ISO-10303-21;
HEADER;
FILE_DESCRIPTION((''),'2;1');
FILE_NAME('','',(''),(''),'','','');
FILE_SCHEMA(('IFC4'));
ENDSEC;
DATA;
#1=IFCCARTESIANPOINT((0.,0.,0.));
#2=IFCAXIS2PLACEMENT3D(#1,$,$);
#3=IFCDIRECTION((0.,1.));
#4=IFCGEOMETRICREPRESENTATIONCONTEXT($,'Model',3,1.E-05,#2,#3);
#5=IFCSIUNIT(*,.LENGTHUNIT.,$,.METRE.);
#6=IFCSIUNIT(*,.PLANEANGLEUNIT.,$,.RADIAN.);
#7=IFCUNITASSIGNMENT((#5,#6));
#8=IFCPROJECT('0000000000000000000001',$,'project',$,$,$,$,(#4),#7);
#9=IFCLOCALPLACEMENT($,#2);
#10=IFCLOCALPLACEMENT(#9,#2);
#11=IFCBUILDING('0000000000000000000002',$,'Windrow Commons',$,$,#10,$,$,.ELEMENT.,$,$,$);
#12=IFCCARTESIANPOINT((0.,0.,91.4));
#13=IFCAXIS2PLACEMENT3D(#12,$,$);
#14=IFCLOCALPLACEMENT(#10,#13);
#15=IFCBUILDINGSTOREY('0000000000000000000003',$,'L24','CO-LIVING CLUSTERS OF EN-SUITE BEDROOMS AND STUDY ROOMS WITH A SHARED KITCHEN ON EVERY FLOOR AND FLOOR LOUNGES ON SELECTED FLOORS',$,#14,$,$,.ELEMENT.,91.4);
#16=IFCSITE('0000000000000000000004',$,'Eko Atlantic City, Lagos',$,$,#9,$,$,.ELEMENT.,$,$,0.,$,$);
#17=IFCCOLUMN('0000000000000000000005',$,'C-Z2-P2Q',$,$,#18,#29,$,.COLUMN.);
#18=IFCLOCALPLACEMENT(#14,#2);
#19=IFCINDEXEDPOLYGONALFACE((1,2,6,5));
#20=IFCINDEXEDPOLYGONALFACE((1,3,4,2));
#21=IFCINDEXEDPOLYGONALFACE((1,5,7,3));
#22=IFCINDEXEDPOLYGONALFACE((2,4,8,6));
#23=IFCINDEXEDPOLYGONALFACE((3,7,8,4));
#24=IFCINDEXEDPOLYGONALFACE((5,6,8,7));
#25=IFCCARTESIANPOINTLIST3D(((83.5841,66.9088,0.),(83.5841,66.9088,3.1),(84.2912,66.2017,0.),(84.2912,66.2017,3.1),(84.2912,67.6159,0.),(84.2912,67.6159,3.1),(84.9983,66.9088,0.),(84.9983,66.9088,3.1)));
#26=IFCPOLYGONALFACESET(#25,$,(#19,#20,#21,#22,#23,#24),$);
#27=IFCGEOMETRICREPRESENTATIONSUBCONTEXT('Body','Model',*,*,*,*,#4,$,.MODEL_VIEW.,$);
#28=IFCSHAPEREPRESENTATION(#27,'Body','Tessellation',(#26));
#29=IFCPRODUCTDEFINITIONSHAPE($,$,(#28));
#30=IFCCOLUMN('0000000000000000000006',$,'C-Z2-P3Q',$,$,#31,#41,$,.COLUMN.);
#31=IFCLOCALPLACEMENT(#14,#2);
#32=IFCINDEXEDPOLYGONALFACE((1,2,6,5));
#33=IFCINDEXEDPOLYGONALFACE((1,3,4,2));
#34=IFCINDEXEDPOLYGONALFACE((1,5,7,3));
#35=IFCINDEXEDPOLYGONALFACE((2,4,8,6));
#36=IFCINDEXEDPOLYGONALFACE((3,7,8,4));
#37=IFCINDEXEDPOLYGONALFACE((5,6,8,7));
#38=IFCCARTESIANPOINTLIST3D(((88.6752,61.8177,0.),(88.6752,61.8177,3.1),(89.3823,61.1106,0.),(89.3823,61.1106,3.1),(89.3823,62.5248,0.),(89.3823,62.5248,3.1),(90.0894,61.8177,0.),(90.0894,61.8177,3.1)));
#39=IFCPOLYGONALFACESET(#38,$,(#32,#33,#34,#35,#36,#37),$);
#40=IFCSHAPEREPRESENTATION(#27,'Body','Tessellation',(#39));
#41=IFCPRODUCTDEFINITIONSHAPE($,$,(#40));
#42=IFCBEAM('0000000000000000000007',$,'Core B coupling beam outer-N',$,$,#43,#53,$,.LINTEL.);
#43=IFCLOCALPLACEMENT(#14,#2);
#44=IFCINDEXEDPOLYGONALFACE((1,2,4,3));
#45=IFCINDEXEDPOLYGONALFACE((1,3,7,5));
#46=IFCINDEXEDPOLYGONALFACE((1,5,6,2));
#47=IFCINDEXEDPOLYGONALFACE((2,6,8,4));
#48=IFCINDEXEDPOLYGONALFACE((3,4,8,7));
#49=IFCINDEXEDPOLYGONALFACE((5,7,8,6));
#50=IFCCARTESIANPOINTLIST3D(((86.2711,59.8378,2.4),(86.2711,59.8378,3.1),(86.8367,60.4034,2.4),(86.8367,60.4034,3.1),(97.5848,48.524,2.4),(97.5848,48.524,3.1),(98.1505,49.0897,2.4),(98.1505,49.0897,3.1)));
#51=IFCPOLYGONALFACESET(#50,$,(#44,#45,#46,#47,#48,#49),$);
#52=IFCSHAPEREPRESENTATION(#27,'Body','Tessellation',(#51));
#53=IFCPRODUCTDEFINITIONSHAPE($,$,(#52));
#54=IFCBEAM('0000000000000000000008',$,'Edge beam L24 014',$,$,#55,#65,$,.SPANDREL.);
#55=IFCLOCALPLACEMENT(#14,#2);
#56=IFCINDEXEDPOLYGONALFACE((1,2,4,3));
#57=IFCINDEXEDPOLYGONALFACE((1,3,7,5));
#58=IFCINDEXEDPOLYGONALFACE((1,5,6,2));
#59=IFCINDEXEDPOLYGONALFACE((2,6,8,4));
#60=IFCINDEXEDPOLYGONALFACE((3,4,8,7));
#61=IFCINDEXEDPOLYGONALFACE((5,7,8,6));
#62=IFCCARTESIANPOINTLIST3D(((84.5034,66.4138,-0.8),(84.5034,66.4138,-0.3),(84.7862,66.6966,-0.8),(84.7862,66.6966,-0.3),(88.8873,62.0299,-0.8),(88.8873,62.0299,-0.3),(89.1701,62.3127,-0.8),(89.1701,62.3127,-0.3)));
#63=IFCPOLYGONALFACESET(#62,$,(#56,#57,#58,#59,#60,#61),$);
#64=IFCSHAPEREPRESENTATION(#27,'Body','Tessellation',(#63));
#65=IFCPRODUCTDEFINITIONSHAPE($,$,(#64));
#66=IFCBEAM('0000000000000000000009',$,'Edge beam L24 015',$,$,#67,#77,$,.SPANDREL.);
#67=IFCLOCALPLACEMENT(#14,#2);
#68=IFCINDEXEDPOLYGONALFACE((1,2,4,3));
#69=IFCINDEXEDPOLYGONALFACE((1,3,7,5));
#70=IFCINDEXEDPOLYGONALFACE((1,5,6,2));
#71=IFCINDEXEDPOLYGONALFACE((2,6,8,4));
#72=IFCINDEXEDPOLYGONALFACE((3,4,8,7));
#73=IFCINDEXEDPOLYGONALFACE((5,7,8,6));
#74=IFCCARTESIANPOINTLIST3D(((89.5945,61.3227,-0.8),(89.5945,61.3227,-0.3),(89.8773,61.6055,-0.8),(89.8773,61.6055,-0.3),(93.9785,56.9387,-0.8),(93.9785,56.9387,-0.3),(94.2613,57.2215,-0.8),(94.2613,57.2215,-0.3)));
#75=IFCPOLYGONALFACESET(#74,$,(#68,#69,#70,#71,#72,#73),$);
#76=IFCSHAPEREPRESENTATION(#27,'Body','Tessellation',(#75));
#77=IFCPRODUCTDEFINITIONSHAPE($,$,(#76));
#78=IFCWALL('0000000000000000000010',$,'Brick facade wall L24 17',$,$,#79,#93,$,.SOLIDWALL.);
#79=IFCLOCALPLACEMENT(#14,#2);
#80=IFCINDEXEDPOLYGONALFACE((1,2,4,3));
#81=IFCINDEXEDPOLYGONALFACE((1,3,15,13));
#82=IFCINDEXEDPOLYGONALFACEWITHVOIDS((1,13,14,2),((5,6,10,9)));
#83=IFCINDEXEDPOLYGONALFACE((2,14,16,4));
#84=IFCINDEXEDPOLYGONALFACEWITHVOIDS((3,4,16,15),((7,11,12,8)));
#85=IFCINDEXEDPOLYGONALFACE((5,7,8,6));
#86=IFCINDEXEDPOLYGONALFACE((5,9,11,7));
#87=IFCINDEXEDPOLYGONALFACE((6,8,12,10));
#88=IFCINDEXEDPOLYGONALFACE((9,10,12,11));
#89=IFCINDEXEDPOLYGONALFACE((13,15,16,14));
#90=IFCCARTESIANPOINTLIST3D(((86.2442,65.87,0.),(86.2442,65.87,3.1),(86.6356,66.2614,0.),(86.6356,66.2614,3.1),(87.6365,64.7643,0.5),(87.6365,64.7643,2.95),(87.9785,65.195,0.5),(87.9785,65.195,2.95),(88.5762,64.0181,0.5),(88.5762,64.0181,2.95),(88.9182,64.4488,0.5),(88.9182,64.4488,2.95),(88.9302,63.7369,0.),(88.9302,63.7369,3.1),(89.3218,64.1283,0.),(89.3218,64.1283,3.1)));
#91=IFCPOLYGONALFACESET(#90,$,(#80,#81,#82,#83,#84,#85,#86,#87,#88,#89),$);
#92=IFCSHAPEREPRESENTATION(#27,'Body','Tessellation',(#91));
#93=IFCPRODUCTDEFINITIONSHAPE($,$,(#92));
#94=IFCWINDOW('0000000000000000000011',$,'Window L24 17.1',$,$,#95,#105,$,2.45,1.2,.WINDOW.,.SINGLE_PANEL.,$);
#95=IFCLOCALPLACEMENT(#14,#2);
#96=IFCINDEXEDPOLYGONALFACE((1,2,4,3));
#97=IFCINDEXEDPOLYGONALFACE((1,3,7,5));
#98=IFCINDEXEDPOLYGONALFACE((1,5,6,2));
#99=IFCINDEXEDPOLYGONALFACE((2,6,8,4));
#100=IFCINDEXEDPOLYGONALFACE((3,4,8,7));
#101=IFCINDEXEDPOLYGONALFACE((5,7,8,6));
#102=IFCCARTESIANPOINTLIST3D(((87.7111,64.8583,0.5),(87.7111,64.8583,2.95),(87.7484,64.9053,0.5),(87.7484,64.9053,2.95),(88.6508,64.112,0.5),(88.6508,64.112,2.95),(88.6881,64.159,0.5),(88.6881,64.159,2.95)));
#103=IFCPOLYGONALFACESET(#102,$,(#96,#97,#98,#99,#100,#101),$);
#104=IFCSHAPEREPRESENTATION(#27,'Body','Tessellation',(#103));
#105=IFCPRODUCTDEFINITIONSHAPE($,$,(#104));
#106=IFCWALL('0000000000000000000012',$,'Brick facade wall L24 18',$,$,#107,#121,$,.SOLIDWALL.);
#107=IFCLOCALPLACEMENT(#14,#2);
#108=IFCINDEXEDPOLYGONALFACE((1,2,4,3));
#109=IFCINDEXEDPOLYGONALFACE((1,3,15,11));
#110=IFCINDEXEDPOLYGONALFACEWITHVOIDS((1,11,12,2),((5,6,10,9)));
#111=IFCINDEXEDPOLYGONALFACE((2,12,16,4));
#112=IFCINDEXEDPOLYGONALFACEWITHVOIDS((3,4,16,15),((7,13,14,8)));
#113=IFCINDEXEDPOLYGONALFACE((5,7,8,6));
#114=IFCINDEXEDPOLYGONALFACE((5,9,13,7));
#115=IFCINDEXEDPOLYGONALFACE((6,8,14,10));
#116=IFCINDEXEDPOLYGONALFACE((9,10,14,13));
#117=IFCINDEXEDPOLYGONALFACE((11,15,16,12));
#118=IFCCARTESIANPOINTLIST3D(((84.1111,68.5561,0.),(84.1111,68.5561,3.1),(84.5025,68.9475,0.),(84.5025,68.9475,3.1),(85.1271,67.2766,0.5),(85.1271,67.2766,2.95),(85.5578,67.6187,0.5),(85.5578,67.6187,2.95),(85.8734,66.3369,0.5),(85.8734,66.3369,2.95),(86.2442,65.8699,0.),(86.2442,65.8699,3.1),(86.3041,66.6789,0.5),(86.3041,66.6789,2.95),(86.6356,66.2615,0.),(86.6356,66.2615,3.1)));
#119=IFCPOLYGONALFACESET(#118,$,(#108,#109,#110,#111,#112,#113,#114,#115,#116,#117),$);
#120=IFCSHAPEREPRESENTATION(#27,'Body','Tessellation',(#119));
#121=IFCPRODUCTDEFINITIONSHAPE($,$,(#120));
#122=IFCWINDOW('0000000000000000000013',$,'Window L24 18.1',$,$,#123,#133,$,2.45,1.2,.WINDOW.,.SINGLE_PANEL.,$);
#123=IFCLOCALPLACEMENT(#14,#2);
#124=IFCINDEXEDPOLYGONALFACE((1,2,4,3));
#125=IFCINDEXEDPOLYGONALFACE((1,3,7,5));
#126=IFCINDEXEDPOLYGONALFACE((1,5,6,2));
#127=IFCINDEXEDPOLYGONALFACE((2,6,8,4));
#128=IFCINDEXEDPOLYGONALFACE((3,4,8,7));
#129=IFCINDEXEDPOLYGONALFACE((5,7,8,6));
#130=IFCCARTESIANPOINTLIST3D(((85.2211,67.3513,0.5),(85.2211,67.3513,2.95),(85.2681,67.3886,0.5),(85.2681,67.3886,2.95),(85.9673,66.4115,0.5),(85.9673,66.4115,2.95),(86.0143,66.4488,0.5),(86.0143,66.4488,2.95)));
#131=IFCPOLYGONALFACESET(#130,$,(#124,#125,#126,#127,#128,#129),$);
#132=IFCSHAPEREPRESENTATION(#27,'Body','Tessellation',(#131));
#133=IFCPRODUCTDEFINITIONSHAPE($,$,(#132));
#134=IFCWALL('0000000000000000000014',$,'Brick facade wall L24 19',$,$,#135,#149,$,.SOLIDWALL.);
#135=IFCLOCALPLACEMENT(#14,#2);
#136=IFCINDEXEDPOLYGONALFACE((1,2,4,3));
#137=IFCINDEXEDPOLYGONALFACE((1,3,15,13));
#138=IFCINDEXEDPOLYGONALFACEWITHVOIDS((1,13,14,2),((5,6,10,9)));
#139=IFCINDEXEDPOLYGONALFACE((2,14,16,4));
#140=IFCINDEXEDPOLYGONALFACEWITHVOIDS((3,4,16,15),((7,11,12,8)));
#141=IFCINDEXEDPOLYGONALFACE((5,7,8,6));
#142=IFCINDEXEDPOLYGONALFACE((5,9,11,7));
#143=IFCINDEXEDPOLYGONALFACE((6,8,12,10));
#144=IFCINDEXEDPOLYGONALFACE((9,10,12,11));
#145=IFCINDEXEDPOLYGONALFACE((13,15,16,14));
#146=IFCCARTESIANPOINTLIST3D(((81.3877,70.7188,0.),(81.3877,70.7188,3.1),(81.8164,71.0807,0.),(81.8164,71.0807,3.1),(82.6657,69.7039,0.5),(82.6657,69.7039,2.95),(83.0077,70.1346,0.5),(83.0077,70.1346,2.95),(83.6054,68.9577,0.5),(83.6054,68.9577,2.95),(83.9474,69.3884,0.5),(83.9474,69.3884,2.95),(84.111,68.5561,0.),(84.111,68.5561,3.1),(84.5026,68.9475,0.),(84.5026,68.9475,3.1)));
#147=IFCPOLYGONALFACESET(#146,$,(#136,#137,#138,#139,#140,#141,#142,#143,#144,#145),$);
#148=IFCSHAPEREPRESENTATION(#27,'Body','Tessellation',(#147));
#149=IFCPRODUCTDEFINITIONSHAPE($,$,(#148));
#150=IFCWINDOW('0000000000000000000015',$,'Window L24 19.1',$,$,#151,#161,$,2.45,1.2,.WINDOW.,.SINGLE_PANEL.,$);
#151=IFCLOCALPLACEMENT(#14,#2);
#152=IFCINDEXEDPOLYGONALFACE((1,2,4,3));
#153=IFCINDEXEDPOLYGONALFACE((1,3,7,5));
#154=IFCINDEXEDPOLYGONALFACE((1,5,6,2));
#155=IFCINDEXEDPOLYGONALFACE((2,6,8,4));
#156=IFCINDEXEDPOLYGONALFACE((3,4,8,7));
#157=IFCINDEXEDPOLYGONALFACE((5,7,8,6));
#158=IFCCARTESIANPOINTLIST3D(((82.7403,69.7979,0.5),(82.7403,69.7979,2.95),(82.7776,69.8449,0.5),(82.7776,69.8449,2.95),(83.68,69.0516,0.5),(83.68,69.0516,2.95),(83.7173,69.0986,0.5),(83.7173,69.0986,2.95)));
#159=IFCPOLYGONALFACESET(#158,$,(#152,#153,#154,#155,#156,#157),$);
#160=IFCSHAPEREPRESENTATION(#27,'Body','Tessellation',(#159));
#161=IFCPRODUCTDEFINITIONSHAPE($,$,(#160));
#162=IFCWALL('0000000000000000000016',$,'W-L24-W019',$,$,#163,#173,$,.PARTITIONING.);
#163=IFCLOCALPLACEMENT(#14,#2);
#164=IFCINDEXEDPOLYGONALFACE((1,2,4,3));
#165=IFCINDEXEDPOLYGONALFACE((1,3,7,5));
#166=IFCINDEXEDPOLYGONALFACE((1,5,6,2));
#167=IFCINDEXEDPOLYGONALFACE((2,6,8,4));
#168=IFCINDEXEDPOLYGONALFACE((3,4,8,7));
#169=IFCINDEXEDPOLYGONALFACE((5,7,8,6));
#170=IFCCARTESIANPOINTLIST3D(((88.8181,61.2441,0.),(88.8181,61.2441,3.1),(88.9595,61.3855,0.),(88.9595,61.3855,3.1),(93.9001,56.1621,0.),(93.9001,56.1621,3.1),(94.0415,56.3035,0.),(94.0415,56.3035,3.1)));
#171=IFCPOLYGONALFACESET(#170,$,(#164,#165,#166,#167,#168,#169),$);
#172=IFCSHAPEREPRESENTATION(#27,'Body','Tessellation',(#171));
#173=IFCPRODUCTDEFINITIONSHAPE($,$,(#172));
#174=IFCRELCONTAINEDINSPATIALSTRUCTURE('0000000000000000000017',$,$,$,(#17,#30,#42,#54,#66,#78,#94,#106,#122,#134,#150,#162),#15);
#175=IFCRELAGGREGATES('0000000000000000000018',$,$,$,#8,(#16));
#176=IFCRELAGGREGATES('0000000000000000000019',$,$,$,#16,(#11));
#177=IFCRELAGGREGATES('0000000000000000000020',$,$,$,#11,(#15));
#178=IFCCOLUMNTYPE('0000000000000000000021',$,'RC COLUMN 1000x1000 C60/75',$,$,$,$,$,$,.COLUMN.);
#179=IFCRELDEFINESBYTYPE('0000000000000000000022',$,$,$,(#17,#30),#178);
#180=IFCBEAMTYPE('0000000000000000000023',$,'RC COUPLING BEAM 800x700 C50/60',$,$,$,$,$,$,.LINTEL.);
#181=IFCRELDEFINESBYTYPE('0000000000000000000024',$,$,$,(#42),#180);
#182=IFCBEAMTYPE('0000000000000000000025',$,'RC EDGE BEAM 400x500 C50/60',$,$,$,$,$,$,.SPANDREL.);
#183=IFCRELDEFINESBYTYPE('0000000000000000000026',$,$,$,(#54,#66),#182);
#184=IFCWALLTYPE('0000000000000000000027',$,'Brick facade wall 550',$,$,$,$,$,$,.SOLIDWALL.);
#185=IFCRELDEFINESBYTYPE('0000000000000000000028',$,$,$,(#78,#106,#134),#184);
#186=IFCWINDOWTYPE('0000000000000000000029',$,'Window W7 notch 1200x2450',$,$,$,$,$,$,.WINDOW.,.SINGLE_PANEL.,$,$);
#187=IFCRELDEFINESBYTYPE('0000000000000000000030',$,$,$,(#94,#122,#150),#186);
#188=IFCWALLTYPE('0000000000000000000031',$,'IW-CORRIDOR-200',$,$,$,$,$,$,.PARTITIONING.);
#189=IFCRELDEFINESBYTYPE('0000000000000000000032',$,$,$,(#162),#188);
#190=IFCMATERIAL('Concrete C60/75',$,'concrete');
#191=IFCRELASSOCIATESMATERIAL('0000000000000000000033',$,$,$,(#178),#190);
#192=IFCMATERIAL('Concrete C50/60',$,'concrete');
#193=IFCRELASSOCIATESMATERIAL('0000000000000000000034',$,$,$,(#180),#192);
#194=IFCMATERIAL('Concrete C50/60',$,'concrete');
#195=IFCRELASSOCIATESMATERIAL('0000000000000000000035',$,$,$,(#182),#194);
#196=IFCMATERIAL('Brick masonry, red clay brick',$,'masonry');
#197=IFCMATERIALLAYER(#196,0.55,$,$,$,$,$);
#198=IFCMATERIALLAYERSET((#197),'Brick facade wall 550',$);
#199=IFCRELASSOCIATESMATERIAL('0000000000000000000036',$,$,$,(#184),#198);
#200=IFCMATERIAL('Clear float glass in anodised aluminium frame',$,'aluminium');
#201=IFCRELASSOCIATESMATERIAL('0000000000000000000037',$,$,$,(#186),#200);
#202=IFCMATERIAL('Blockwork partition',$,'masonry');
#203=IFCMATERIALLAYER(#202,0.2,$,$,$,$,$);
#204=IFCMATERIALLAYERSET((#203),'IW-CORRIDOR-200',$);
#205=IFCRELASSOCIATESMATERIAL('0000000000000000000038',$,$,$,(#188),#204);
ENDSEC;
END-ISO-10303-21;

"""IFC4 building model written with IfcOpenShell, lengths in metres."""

from ifc_helpers import new_model, si_unit, direction, frame, frame_2d, origin, origin_2d, place, context, subcontext, project, spatial, polyline, rectangle, outline, extrude, material, layer, layer_set, material_profile, profile_set, type_object, element, fill, save


model = new_model("IFC4")

# Units and contexts
model_context = context("Model", 3, precision=1e-05, world=origin(), true_north=direction((0.0, 1.0)))
body_context = subcontext(model_context, "Body", "Model", "MODEL_VIEW")
ifc_project = project(units=[si_unit("LENGTHUNIT", "METRE"), si_unit("PLANEANGLEUNIT", "RADIAN")], contexts=[model_context])

# Site, building, storey
site_placement = place(None, origin())
site = spatial("IfcSite", under=ifc_project, at=site_placement, Name="Eko Atlantic City, Lagos", CompositionType="ELEMENT", RefElevation=0.0)
building_placement = place(site_placement, origin())
building = spatial("IfcBuilding", under=site, at=building_placement, Name="Windrow Commons", CompositionType="ELEMENT")
storey_placement = place(building_placement, frame((0.0, 0.0, 91.4)))
storey = spatial("IfcBuildingStorey", under=building, at=storey_placement, Name="L24", Description="CO-LIVING CLUSTERS OF EN-SUITE BEDROOMS AND STUDY ROOMS WITH A SHARED KITCHEN ON EVERY FLOOR AND FLOOR LOUNGES ON SELECTED FLOORS", CompositionType="ELEMENT", Elevation=91.4)

# Columns
ifc_material_1 = material(Name="Concrete C60/75", Category="concrete")
ifc_material_profile_1 = material_profile(ifc_material_1, rectangle(XDim=1.0, YDim=1.0, at=origin_2d()))
ifc_profile_set_1 = profile_set([ifc_material_profile_1], Name="Concrete C60/75")
column_type = type_object("IfcColumnType", Name="RC COLUMN 1000x1000 C60/75", PredefinedType="COLUMN", material=ifc_profile_set_1)
for number, where, z_axis, x_axis, name in (
    (1, (84.2912, 66.9088, 0.0), (0.0, 0.0, 1.0), (0.707107, -0.707107, 0.0), "C-Z2-P2Q"),
    (2, (89.3823, 61.8177, 0.0), (0.0, 0.0, 1.0), (0.707107, -0.707107, 0.0), "C-Z2-P3Q"),
):
    element("IfcColumn", number, at=place(storey_placement, frame(where, z_axis=z_axis, x_axis=x_axis)), inside=storey, type_object=column_type, Name=name, PredefinedType="COLUMN", context=body_context, shape_type="SweptSolid", body=[
        extrude(rectangle(XDim=1.0, YDim=1.0, at=origin_2d()), origin(), (0.0, 0.0, 1.0), 3.1),
    ])

# Beams
ifc_material_2 = material(Name="Concrete C50/60", Category="concrete")
ifc_material_profile_2 = material_profile(ifc_material_2, rectangle(XDim=0.8, YDim=0.7, at=origin_2d()))
ifc_profile_set_2 = profile_set([ifc_material_profile_2], Name="Concrete C50/60")
beam_type_1 = type_object("IfcBeamType", Name="RC COUPLING BEAM 800x700 C50/60", PredefinedType="LINTEL", material=ifc_profile_set_2)
beam_1_placement = place(storey_placement, frame((86.5539, 60.1206, 2.75), z_axis=(0.707107, -0.707107, 0.0), x_axis=(0.707107, 0.707107, 0.0)))
element("IfcBeam", 3, at=beam_1_placement, inside=storey, type_object=beam_type_1, Name="Core B coupling beam outer-N", PredefinedType="LINTEL", context=body_context, shape_type="SweptSolid", body=[
    extrude(rectangle(XDim=0.8, YDim=0.7, at=origin_2d()), origin(), (0.0, 0.0, 1.0), 16.0),
])
ifc_material_3 = material(Name="Concrete C50/60", Category="concrete")
ifc_material_profile_3 = material_profile(ifc_material_3, rectangle(XDim=0.4, YDim=0.5, at=origin_2d()))
ifc_profile_set_3 = profile_set([ifc_material_profile_3], Name="Concrete C50/60")
beam_type_2 = type_object("IfcBeamType", Name="RC EDGE BEAM 400x500 C50/60", PredefinedType="SPANDREL", material=ifc_profile_set_3)
beam_2_placement = place(storey_placement, frame((84.6448, 66.5552, -0.55), z_axis=(0.707107, -0.707107, 0.0), x_axis=(0.707107, 0.707107, 0.0)))
element("IfcBeam", 4, at=beam_2_placement, inside=storey, type_object=beam_type_2, Name="Edge beam L24 014", PredefinedType="SPANDREL", context=body_context, shape_type="SweptSolid", body=[
    extrude(rectangle(XDim=0.4, YDim=0.5, at=origin_2d()), origin(), (0.0, 0.0, 1.0), 6.1998),
])
beam_3_placement = place(storey_placement, frame((89.7359, 61.4641, -0.55), z_axis=(0.707107, -0.707107, 0.0), x_axis=(0.707107, 0.707107, 0.0)))
element("IfcBeam", 5, at=beam_3_placement, inside=storey, type_object=beam_type_2, Name="Edge beam L24 015", PredefinedType="SPANDREL", context=body_context, shape_type="SweptSolid", body=[
    extrude(rectangle(XDim=0.4, YDim=0.5, at=origin_2d()), origin(), (0.0, 0.0, 1.0), 6.1999),
])

# Walls, openings, windows
ifc_material_4 = material(Name="Brick masonry, red clay brick", Category="masonry")
ifc_layer_1 = layer(ifc_material_4, 0.55)
ifc_layer_set_1 = layer_set([ifc_layer_1], Name="Brick facade wall 550")
wall_type_1 = type_object("IfcWallType", Name="Brick facade wall 550", PredefinedType="SOLIDWALL", material=ifc_layer_set_1)
wall_1_placement = place(storey_placement, frame((89.126, 63.9326, 0.0), z_axis=(0.0, 0.0, 1.0), x_axis=(-0.783108, 0.621886, 0.0)))
wall_1 = element("IfcWall", 6, at=wall_1_placement, inside=storey, type_object=wall_type_1, Name="Brick facade wall L24 17", PredefinedType="SOLIDWALL", context=body_context, shape_type="SweptSolid", body=[
    extrude(outline(polyline([(-0.0316, -0.275), (3.3985, -0.275), (3.4616, 0.275), (0.0316, 0.275), (-0.0316, -0.275)])), origin(), (0.0, 0.0, 1.0), 3.1),
])
opening_1_placement = place(wall_1_placement, frame((0.4837, 0.0, 0.5)))
opening_1 = element("IfcOpeningElement", 7, at=opening_1_placement, cuts=wall_1, PredefinedType="OPENING", context=body_context, shape_type="SweptSolid", body=[
    extrude(rectangle(XDim=1.2, YDim=2.45, at=frame_2d((0.6, 1.225))), frame((0.0, 0.285, 0.0), z_axis=(0.0, -1.0, 0.0), x_axis=(1.0, 0.0, 0.0)), (0.0, 0.0, 1.0), 0.57),
])
ifc_material_5 = material(Name="Clear float glass in anodised aluminium frame", Category="aluminium")
window_type = type_object("IfcWindowType", Name="Window W7 notch 1200x2450", PartitioningType="SINGLE_PANEL", PredefinedType="WINDOW", material=ifc_material_5)
window_1_placement = place(opening_1_placement, origin())
window_1 = element("IfcWindow", 8, at=window_1_placement, inside=storey, type_object=window_type, Name="Window L24 17.1", OverallHeight=2.45, OverallWidth=1.2, PartitioningType="SINGLE_PANEL", PredefinedType="WINDOW", context=body_context, shape_type="SweptSolid", body=[
    extrude(rectangle(XDim=1.2, YDim=2.45, at=frame_2d((0.6, 1.225))), frame((0.0, 0.155, 0.0), z_axis=(0.0, -1.0, 0.0), x_axis=(1.0, 0.0, 0.0)), (0.0, 0.0, 1.0), 0.06),
])
fill(opening_1, window_1)
wall_2_placement = place(storey_placement, frame((86.4399, 66.0657, 0.0), z_axis=(0.0, 0.0, 1.0), x_axis=(-0.621886, 0.783108, 0.0)))
wall_2 = element("IfcWall", 9, at=wall_2_placement, inside=storey, type_object=wall_type_1, Name="Brick facade wall L24 18", PredefinedType="SOLIDWALL", context=body_context, shape_type="SweptSolid", body=[
    extrude(outline(polyline([(0.0316, -0.275), (3.4616, -0.275), (3.3985, 0.275), (-0.0316, 0.275), (0.0316, -0.275)])), origin(), (0.0, 0.0, 1.0), 3.1),
])
opening_2_placement = place(wall_2_placement, frame((0.5647, 0.0, 0.5)))
opening_2 = element("IfcOpeningElement", 10, at=opening_2_placement, cuts=wall_2, PredefinedType="OPENING", context=body_context, shape_type="SweptSolid", body=[
    extrude(rectangle(XDim=1.2, YDim=2.45, at=frame_2d((0.6, 1.225))), frame((0.0, 0.285, 0.0), z_axis=(0.0, -1.0, 0.0), x_axis=(1.0, 0.0, 0.0)), (0.0, 0.0, 1.0), 0.57),
])
window_2_placement = place(opening_2_placement, origin())
window_2 = element("IfcWindow", 11, at=window_2_placement, inside=storey, type_object=window_type, Name="Window L24 18.1", OverallHeight=2.45, OverallWidth=1.2, PartitioningType="SINGLE_PANEL", PredefinedType="WINDOW", context=body_context, shape_type="SweptSolid", body=[
    extrude(rectangle(XDim=1.2, YDim=2.45, at=frame_2d((0.6, 1.225))), frame((0.0, 0.155, 0.0), z_axis=(0.0, -1.0, 0.0), x_axis=(1.0, 0.0, 0.0)), (0.0, 0.0, 1.0), 0.06),
])
fill(opening_2, window_2)
wall_3_placement = place(storey_placement, frame((84.3068, 68.7518, 0.0), z_axis=(0.0, 0.0, 1.0), x_axis=(-0.783104, 0.621891, 0.0)))
wall_3 = element("IfcWall", 12, at=wall_3_placement, inside=storey, type_object=wall_type_1, Name="Brick facade wall L24 19", PredefinedType="SOLIDWALL", context=body_context, shape_type="SweptSolid", body=[
    extrude(outline(polyline([(-0.0316, -0.275), (3.3985, -0.275), (3.5092, 0.275), (0.0316, 0.275), (-0.0316, -0.275)])), origin(), (0.0, 0.0, 1.0), 3.1),
])
opening_3_placement = place(wall_3_placement, frame((0.6773, 0.0, 0.5)))
opening_3 = element("IfcOpeningElement", 13, at=opening_3_placement, cuts=wall_3, PredefinedType="OPENING", context=body_context, shape_type="SweptSolid", body=[
    extrude(rectangle(XDim=1.2, YDim=2.45, at=frame_2d((0.6, 1.225))), frame((0.0, 0.285, 0.0), z_axis=(0.0, -1.0, 0.0), x_axis=(1.0, 0.0, 0.0)), (0.0, 0.0, 1.0), 0.57),
])
window_3_placement = place(opening_3_placement, origin())
window_3 = element("IfcWindow", 14, at=window_3_placement, inside=storey, type_object=window_type, Name="Window L24 19.1", OverallHeight=2.45, OverallWidth=1.2, PartitioningType="SINGLE_PANEL", PredefinedType="WINDOW", context=body_context, shape_type="SweptSolid", body=[
    extrude(rectangle(XDim=1.2, YDim=2.45, at=frame_2d((0.6, 1.225))), frame((0.0, 0.155, 0.0), z_axis=(0.0, -1.0, 0.0), x_axis=(1.0, 0.0, 0.0)), (0.0, 0.0, 1.0), 0.06),
])
fill(opening_3, window_3)

# Wall
ifc_material_6 = material(Name="Blockwork partition", Category="masonry")
ifc_layer_2 = layer(ifc_material_6, 0.2)
ifc_layer_set_2 = layer_set([ifc_layer_2], Name="IW-CORRIDOR-200")
wall_type_2 = type_object("IfcWallType", Name="IW-CORRIDOR-200", PredefinedType="PARTITIONING", material=ifc_layer_set_2)
wall_4_placement = place(storey_placement, frame((88.8888, 61.3148, 0.0), z_axis=(0.0, 0.0, 1.0), x_axis=(0.707107, -0.707107, 0.0)))
element("IfcWall", 15, at=wall_4_placement, inside=storey, type_object=wall_type_2, Name="W-L24-W019", PredefinedType="PARTITIONING", context=body_context, shape_type="SweptSolid", body=[
    extrude(rectangle(XDim=7.187, YDim=0.2, at=frame_2d((3.5935, 0.0))), origin(), (0.0, 0.0, 1.0), 3.1),
])

save(model, "model.ifc")
